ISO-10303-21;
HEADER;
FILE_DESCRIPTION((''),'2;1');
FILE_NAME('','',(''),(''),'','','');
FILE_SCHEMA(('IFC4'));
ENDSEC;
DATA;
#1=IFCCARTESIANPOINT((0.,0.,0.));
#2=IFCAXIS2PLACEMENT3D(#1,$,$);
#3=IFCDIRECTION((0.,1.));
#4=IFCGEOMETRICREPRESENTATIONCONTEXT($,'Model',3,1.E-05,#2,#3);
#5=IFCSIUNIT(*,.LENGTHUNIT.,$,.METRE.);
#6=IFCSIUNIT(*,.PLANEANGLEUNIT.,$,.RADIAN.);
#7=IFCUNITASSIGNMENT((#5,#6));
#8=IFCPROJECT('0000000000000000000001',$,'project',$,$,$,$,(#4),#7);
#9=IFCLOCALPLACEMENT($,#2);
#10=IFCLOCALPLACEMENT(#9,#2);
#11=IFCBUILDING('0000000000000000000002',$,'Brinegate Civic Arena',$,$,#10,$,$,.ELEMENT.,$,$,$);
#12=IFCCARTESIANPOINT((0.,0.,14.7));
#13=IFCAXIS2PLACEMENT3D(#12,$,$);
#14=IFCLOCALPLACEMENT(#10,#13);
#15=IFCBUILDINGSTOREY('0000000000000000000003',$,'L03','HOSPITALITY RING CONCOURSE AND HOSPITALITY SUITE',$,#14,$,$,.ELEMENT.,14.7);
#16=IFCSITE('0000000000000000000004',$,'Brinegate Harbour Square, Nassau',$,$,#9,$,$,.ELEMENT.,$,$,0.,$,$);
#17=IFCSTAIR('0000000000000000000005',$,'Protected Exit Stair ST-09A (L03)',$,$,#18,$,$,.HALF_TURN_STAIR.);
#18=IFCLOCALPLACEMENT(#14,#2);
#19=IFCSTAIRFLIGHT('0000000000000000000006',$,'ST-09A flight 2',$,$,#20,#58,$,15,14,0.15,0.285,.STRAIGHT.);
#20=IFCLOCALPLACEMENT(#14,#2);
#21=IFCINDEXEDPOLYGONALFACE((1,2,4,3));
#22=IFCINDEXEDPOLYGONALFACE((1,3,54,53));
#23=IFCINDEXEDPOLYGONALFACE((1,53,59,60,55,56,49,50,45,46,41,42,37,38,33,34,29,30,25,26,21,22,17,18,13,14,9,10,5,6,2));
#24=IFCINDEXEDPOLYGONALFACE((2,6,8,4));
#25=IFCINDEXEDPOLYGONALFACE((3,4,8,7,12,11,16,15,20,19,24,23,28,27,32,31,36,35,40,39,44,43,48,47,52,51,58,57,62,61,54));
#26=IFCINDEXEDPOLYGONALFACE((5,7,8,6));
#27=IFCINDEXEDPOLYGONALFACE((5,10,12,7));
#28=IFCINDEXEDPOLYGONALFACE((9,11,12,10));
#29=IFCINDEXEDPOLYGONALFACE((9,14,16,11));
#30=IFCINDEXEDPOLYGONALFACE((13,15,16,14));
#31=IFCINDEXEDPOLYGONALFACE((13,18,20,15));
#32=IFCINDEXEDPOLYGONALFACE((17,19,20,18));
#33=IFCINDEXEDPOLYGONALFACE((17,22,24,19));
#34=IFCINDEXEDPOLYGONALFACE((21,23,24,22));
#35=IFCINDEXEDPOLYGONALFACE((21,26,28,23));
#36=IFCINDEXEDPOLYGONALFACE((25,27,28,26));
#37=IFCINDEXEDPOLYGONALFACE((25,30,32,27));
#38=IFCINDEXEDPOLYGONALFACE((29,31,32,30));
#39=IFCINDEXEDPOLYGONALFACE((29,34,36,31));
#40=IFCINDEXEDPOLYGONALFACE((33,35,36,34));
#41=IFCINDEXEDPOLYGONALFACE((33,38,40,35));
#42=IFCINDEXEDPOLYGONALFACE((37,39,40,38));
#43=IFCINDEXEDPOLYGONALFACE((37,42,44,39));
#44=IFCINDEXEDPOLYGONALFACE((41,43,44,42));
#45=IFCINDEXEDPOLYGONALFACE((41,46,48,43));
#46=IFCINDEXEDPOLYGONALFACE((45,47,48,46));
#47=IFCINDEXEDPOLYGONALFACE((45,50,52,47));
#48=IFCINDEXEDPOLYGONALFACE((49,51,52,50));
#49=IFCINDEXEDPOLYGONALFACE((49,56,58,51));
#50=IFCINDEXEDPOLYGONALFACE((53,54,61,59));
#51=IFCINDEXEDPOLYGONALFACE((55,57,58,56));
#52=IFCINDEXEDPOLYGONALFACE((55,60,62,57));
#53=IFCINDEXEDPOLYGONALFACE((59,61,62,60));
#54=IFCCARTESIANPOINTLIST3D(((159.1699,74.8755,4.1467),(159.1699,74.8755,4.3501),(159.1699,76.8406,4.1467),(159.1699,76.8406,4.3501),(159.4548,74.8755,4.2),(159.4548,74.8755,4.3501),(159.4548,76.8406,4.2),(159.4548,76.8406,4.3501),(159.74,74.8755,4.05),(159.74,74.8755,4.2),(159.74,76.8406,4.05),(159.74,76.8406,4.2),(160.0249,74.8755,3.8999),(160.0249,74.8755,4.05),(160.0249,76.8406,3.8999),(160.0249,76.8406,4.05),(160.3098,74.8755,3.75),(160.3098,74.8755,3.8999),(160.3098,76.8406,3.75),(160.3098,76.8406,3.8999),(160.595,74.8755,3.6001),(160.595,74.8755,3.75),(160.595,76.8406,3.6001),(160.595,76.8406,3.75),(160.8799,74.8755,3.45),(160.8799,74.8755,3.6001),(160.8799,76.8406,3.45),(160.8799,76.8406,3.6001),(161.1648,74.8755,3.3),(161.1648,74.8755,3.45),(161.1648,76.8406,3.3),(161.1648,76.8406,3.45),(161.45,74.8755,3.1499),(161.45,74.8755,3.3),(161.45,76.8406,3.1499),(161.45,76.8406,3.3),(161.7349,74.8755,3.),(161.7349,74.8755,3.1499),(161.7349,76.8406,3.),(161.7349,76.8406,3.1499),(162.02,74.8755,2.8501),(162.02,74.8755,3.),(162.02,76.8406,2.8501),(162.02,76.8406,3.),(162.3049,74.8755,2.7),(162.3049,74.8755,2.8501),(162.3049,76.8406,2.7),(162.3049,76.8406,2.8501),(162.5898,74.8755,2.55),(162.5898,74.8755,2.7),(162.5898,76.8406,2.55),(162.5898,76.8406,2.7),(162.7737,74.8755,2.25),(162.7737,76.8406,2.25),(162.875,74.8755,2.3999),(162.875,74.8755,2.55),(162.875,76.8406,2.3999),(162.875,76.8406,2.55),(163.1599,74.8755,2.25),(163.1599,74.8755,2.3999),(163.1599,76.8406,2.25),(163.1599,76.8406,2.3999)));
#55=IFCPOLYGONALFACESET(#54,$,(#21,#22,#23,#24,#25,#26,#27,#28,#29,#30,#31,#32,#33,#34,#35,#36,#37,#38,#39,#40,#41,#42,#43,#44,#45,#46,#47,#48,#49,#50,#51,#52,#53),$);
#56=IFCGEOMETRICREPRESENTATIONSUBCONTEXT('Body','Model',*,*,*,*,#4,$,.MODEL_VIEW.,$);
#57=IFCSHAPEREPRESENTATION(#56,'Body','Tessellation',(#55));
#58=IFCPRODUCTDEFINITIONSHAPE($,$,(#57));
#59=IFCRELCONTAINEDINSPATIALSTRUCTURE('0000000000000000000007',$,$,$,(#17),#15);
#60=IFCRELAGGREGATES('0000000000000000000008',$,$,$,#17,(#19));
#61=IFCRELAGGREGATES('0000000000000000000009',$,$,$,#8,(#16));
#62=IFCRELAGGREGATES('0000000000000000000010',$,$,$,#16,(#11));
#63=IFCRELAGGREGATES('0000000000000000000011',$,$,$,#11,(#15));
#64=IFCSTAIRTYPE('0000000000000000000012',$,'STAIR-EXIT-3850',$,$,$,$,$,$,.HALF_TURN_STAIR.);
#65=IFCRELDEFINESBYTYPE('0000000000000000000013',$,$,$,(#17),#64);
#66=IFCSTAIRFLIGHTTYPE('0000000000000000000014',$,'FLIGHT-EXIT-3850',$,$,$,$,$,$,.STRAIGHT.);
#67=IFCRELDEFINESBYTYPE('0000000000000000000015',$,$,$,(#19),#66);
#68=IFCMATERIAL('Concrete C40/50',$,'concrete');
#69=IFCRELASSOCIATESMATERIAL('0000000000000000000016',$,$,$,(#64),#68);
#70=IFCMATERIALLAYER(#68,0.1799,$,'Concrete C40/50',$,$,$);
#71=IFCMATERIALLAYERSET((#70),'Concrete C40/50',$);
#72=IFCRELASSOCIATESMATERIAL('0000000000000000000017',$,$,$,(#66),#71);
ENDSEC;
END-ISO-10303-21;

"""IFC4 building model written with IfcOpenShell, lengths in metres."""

from ifc_helpers import new_model, si_unit, direction, frame, origin, place, context, subcontext, project, spatial, polyline, outline, extrude, material, layer, layer_set, type_object, element, aggregate, save


model = new_model("IFC4")

# Units and contexts
model_context = context("Model", 3, precision=1e-05, world=origin(), true_north=direction((0.0, 1.0)))
body_context = subcontext(model_context, "Body", "Model", "MODEL_VIEW")
ifc_project = project(units=[si_unit("LENGTHUNIT", "METRE"), si_unit("PLANEANGLEUNIT", "RADIAN")], contexts=[model_context])

# Site, building, storey
site_placement = place(None, origin())
site = spatial("IfcSite", under=ifc_project, at=site_placement, Name="Brinegate Harbour Square, Nassau", CompositionType="ELEMENT", RefElevation=0.0)
building_placement = place(site_placement, origin())
building = spatial("IfcBuilding", under=site, at=building_placement, Name="Brinegate Civic Arena", CompositionType="ELEMENT")
storey_placement = place(building_placement, frame((0.0, 0.0, 14.7)))
storey = spatial("IfcBuildingStorey", under=building, at=storey_placement, Name="L03", Description="HOSPITALITY RING CONCOURSE AND HOSPITALITY SUITE", CompositionType="ELEMENT", Elevation=14.7)

# Stair, stair flight
ifc_material_1 = material(Name="Concrete C40/50", Category="concrete")
stair_type = type_object("IfcStairType", Name="STAIR-EXIT-3850", PredefinedType="HALF_TURN_STAIR", material=ifc_material_1)
stair_placement = place(storey_placement, origin())
stair = element("IfcStair", 1, at=stair_placement, inside=storey, type_object=stair_type, Name="Protected Exit Stair ST-09A (L03)", PredefinedType="HALF_TURN_STAIR")
ifc_layer_1 = layer(ifc_material_1, 0.1799, Name="Concrete C40/50")
ifc_layer_set_1 = layer_set([ifc_layer_1], Name="Concrete C40/50")
stair_flight_type = type_object("IfcStairFlightType", Name="FLIGHT-EXIT-3850", PredefinedType="STRAIGHT", material=ifc_layer_set_1)
stair_flight_1_placement = place(storey_placement, frame((163.1599, 75.8579, 2.25), z_axis=(0.0, 0.0, 1.0), x_axis=(-1.0, 0.0, 0.0)))
stair_flight_1 = element("IfcStairFlight", 2, at=stair_flight_1_placement, type_object=stair_flight_type, Name="ST-09A flight 2", NumberOfRisers=15, NumberOfTreads=14, PredefinedType="STRAIGHT", RiserHeight=0.15, TreadLength=0.285, context=body_context, shape_type="SweptSolid", body=[
    extrude(outline(polyline([(0.0, 0.0), (0.0, 0.1499), (0.2849, 0.1499), (0.2849, 0.3), (0.5701, 0.3), (0.5701, 0.45), (0.855, 0.45), (0.855, 0.6001), (1.1399, 0.6001), (1.1399, 0.75), (1.425, 0.75), (1.425, 0.8999), (1.71, 0.8999), (1.71, 1.05), (1.9951, 1.05), (1.9951, 1.2), (2.28, 1.2), (2.28, 1.3501), (2.5649, 1.3501), (2.5649, 1.5), (2.8501, 1.5), (2.8501, 1.6499), (3.135, 1.6499), (3.135, 1.8), (3.4199, 1.8), (3.4199, 1.95), (3.7051, 1.95), (3.7051, 2.1001), (3.99, 2.1001), (3.99, 2.25), (3.99, 1.8967), (0.3862, 0.0), (0.0, 0.0)])), frame((0.0, 0.9824, 0.0), z_axis=(0.0, -1.0, 0.0), x_axis=(1.0, 0.0, 0.0)), (0.0, 0.0, 1.0), 1.9651),
])
aggregate(stair, [stair_flight_1])

save(model, "model.ifc")
